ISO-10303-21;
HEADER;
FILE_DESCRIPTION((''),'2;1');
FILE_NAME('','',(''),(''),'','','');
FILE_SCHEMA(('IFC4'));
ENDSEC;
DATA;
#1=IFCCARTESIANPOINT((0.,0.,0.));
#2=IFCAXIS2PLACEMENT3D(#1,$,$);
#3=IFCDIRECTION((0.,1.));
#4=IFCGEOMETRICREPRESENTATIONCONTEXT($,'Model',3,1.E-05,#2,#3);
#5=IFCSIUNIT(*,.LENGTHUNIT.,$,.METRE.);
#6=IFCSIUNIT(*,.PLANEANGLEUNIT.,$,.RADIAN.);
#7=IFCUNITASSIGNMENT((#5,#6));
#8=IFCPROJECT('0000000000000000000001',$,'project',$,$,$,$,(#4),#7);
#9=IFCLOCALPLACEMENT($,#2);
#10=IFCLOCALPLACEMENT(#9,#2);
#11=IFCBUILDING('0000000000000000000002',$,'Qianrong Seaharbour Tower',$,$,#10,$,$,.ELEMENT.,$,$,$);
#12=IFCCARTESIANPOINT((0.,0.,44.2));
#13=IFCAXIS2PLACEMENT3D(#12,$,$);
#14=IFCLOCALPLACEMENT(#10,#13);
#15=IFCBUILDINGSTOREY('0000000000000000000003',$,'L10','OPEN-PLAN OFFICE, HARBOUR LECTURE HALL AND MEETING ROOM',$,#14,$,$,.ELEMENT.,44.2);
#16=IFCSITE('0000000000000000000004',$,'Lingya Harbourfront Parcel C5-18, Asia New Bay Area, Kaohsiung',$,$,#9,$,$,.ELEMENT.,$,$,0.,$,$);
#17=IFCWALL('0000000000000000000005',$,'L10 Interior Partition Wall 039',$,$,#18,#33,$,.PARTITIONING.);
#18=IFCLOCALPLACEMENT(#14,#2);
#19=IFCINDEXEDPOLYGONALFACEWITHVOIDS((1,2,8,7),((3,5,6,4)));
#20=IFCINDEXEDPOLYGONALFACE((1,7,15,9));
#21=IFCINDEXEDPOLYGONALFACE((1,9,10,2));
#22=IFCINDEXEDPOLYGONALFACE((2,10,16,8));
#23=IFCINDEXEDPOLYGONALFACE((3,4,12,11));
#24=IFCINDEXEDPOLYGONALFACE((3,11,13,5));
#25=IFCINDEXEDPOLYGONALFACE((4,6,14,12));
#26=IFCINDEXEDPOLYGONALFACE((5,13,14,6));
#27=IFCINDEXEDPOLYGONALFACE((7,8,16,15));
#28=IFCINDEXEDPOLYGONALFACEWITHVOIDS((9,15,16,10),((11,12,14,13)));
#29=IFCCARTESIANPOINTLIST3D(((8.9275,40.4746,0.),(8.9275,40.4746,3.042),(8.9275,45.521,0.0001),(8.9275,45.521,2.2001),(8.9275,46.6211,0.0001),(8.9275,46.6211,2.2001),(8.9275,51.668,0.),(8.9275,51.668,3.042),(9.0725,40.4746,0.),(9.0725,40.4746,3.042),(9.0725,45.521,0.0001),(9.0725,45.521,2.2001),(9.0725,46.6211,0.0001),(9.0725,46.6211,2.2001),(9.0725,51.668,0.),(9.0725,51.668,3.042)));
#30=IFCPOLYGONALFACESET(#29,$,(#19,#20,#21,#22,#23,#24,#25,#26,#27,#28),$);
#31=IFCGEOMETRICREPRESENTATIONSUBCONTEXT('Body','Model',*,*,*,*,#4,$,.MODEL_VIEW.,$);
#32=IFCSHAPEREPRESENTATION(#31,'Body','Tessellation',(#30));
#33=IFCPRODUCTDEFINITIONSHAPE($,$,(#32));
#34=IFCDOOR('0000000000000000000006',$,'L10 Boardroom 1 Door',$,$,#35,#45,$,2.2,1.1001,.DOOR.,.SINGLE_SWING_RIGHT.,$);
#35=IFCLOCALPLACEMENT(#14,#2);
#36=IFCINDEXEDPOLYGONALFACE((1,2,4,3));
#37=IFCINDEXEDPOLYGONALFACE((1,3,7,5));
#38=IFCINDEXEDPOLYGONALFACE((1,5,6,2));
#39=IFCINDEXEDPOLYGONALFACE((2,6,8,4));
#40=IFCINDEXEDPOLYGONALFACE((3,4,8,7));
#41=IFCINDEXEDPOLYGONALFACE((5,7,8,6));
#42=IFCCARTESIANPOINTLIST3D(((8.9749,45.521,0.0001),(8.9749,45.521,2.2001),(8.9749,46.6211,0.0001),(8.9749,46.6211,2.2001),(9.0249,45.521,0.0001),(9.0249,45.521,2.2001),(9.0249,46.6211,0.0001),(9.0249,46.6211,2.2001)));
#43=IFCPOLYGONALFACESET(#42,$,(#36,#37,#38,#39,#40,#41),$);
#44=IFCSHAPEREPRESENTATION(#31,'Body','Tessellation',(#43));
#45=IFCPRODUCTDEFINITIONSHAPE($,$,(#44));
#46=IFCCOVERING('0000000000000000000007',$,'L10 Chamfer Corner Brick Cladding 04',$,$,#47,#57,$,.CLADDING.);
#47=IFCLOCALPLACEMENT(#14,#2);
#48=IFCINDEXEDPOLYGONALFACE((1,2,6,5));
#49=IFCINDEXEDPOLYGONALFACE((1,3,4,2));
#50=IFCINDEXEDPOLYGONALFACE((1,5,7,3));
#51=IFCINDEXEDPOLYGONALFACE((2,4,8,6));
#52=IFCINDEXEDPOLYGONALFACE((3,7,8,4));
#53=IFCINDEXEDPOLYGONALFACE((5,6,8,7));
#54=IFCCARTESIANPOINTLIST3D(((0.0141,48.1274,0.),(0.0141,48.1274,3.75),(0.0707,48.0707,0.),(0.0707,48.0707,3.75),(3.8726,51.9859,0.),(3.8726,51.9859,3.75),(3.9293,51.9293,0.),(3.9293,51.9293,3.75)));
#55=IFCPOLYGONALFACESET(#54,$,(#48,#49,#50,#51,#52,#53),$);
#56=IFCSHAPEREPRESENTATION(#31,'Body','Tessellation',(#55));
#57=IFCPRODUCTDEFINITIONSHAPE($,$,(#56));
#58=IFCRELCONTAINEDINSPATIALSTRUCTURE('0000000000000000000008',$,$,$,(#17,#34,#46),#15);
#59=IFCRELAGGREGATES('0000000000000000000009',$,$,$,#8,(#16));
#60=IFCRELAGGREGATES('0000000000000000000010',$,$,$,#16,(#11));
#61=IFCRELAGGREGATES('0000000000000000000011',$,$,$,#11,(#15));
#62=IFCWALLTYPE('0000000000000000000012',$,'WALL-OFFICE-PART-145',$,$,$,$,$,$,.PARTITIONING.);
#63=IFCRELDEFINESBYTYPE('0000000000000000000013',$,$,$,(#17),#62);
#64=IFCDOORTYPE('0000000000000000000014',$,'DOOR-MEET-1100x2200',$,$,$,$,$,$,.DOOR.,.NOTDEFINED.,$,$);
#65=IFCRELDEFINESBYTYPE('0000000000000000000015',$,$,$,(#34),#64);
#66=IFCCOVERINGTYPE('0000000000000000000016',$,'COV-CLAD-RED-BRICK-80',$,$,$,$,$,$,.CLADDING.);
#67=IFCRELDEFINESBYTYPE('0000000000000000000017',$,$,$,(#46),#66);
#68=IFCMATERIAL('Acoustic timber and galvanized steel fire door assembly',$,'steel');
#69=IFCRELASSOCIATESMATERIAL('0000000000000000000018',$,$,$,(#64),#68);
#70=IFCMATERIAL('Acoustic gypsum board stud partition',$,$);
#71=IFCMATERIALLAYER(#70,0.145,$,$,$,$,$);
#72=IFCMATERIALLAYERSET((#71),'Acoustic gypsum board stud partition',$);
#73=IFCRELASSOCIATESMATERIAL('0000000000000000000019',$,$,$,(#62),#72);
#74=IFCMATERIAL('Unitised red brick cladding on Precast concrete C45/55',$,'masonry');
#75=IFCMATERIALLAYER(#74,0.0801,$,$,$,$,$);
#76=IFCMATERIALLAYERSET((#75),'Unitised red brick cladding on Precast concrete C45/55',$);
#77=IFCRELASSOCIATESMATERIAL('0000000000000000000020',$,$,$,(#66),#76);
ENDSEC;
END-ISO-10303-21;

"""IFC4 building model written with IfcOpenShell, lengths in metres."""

from ifc_helpers import new_model, si_unit, direction, frame, frame_2d, origin, origin_2d, place, context, subcontext, project, spatial, rectangle, extrude, material, layer, layer_set, type_object, element, fill, save


model = new_model("IFC4")

# Units and contexts
model_context = context("Model", 3, precision=1e-05, world=origin(), true_north=direction((0.0, 1.0)))
body_context = subcontext(model_context, "Body", "Model", "MODEL_VIEW")
ifc_project = project(units=[si_unit("LENGTHUNIT", "METRE"), si_unit("PLANEANGLEUNIT", "RADIAN")], contexts=[model_context])

# Site, building, storey
site_placement = place(None, origin())
site = spatial("IfcSite", under=ifc_project, at=site_placement, Name="Lingya Harbourfront Parcel C5-18, Asia New Bay Area, Kaohsiung", CompositionType="ELEMENT", RefElevation=0.0)
building_placement = place(site_placement, origin())
building = spatial("IfcBuilding", under=site, at=building_placement, Name="Qianrong Seaharbour Tower", CompositionType="ELEMENT")
storey_placement = place(building_placement, frame((0.0, 0.0, 44.2)))
storey = spatial("IfcBuildingStorey", under=building, at=storey_placement, Name="L10", Description="OPEN-PLAN OFFICE, HARBOUR LECTURE HALL AND MEETING ROOM", CompositionType="ELEMENT", Elevation=44.2)

# Shared definitions
ifc_material_1 = material(Name="Acoustic timber and galvanized steel fire door assembly", Category="steel")
door_type = type_object("IfcDoorType", Name="DOOR-MEET-1100x2200", OperationType="NOTDEFINED", PredefinedType="DOOR", material=ifc_material_1)

# Wall, opening, door
ifc_material_2 = material(Name="Acoustic gypsum board stud partition")
ifc_layer_1 = layer(ifc_material_2, 0.145)
ifc_layer_set_1 = layer_set([ifc_layer_1], Name="Acoustic gypsum board stud partition")
wall_type_1 = type_object("IfcWallType", Name="WALL-OFFICE-PART-145", PredefinedType="PARTITIONING", material=ifc_layer_set_1)
wall_1_placement = place(storey_placement, frame((9.0, 51.668, 0.0), z_axis=(0.0, 0.0, 1.0), x_axis=(0.0, -1.0, 0.0)))
wall_1 = element("IfcWall", 1, at=wall_1_placement, inside=storey, type_object=wall_type_1, Name="L10 Interior Partition Wall 039", PredefinedType="PARTITIONING", context=body_context, shape_type="SweptSolid", body=[
    extrude(rectangle(XDim=11.1934, YDim=0.145, at=frame_2d((5.5967, 0.0))), origin(), (0.0, 0.0, 1.0), 3.042),
])
opening_1_placement = place(wall_1_placement, frame((5.0469, 0.0, 0.0)))
opening_1 = element("IfcOpeningElement", 2, at=opening_1_placement, cuts=wall_1, PredefinedType="OPENING", context=body_context, shape_type="SweptSolid", body=[
    extrude(rectangle(XDim=1.1001, YDim=2.2, at=frame_2d((0.55, 1.1001))), frame((0.0, 0.0825, 0.0), z_axis=(0.0, -1.0, 0.0), x_axis=(1.0, 0.0, 0.0)), (0.0, 0.0, 1.0), 0.165),
])
door_1_placement = place(opening_1_placement, origin())
door_1 = element("IfcDoor", 3, at=door_1_placement, inside=storey, type_object=door_type, Name="L10 Boardroom 1 Door", OperationType="SINGLE_SWING_RIGHT", OverallHeight=2.2, OverallWidth=1.1001, PredefinedType="DOOR", context=body_context, shape_type="SweptSolid", body=[
    extrude(rectangle(XDim=1.1001, YDim=2.2, at=frame_2d((0.55, 1.1001))), frame((0.0, 0.0249, 0.0), z_axis=(0.0, -1.0, 0.0), x_axis=(1.0, 0.0, 0.0)), (0.0, 0.0, 1.0), 0.05),
])
fill(opening_1, door_1)

# Covering
ifc_material_3 = material(Name="Unitised red brick cladding on Precast concrete C45/55", Category="masonry")
ifc_layer_2 = layer(ifc_material_3, 0.0801)
ifc_layer_set_2 = layer_set([ifc_layer_2], Name="Unitised red brick cladding on Precast concrete C45/55")
covering_type = type_object("IfcCoveringType", Name="COV-CLAD-RED-BRICK-80", PredefinedType="CLADDING", material=ifc_layer_set_2)
covering_placement = place(storey_placement, frame((1.9717, 50.0283, 0.0), z_axis=(0.0, 0.0, 1.0), x_axis=(0.707107, 0.707107, 0.0)))
element("IfcCovering", 4, at=covering_placement, inside=storey, type_object=covering_type, Name="L10 Chamfer Corner Brick Cladding 04", PredefinedType="CLADDING", context=body_context, shape_type="SweptSolid", body=[
    extrude(rectangle(XDim=5.4568, YDim=0.0801, at=origin_2d()), origin(), (0.0, 0.0, 1.0), 3.75),
])

save(model, "model.ifc")
